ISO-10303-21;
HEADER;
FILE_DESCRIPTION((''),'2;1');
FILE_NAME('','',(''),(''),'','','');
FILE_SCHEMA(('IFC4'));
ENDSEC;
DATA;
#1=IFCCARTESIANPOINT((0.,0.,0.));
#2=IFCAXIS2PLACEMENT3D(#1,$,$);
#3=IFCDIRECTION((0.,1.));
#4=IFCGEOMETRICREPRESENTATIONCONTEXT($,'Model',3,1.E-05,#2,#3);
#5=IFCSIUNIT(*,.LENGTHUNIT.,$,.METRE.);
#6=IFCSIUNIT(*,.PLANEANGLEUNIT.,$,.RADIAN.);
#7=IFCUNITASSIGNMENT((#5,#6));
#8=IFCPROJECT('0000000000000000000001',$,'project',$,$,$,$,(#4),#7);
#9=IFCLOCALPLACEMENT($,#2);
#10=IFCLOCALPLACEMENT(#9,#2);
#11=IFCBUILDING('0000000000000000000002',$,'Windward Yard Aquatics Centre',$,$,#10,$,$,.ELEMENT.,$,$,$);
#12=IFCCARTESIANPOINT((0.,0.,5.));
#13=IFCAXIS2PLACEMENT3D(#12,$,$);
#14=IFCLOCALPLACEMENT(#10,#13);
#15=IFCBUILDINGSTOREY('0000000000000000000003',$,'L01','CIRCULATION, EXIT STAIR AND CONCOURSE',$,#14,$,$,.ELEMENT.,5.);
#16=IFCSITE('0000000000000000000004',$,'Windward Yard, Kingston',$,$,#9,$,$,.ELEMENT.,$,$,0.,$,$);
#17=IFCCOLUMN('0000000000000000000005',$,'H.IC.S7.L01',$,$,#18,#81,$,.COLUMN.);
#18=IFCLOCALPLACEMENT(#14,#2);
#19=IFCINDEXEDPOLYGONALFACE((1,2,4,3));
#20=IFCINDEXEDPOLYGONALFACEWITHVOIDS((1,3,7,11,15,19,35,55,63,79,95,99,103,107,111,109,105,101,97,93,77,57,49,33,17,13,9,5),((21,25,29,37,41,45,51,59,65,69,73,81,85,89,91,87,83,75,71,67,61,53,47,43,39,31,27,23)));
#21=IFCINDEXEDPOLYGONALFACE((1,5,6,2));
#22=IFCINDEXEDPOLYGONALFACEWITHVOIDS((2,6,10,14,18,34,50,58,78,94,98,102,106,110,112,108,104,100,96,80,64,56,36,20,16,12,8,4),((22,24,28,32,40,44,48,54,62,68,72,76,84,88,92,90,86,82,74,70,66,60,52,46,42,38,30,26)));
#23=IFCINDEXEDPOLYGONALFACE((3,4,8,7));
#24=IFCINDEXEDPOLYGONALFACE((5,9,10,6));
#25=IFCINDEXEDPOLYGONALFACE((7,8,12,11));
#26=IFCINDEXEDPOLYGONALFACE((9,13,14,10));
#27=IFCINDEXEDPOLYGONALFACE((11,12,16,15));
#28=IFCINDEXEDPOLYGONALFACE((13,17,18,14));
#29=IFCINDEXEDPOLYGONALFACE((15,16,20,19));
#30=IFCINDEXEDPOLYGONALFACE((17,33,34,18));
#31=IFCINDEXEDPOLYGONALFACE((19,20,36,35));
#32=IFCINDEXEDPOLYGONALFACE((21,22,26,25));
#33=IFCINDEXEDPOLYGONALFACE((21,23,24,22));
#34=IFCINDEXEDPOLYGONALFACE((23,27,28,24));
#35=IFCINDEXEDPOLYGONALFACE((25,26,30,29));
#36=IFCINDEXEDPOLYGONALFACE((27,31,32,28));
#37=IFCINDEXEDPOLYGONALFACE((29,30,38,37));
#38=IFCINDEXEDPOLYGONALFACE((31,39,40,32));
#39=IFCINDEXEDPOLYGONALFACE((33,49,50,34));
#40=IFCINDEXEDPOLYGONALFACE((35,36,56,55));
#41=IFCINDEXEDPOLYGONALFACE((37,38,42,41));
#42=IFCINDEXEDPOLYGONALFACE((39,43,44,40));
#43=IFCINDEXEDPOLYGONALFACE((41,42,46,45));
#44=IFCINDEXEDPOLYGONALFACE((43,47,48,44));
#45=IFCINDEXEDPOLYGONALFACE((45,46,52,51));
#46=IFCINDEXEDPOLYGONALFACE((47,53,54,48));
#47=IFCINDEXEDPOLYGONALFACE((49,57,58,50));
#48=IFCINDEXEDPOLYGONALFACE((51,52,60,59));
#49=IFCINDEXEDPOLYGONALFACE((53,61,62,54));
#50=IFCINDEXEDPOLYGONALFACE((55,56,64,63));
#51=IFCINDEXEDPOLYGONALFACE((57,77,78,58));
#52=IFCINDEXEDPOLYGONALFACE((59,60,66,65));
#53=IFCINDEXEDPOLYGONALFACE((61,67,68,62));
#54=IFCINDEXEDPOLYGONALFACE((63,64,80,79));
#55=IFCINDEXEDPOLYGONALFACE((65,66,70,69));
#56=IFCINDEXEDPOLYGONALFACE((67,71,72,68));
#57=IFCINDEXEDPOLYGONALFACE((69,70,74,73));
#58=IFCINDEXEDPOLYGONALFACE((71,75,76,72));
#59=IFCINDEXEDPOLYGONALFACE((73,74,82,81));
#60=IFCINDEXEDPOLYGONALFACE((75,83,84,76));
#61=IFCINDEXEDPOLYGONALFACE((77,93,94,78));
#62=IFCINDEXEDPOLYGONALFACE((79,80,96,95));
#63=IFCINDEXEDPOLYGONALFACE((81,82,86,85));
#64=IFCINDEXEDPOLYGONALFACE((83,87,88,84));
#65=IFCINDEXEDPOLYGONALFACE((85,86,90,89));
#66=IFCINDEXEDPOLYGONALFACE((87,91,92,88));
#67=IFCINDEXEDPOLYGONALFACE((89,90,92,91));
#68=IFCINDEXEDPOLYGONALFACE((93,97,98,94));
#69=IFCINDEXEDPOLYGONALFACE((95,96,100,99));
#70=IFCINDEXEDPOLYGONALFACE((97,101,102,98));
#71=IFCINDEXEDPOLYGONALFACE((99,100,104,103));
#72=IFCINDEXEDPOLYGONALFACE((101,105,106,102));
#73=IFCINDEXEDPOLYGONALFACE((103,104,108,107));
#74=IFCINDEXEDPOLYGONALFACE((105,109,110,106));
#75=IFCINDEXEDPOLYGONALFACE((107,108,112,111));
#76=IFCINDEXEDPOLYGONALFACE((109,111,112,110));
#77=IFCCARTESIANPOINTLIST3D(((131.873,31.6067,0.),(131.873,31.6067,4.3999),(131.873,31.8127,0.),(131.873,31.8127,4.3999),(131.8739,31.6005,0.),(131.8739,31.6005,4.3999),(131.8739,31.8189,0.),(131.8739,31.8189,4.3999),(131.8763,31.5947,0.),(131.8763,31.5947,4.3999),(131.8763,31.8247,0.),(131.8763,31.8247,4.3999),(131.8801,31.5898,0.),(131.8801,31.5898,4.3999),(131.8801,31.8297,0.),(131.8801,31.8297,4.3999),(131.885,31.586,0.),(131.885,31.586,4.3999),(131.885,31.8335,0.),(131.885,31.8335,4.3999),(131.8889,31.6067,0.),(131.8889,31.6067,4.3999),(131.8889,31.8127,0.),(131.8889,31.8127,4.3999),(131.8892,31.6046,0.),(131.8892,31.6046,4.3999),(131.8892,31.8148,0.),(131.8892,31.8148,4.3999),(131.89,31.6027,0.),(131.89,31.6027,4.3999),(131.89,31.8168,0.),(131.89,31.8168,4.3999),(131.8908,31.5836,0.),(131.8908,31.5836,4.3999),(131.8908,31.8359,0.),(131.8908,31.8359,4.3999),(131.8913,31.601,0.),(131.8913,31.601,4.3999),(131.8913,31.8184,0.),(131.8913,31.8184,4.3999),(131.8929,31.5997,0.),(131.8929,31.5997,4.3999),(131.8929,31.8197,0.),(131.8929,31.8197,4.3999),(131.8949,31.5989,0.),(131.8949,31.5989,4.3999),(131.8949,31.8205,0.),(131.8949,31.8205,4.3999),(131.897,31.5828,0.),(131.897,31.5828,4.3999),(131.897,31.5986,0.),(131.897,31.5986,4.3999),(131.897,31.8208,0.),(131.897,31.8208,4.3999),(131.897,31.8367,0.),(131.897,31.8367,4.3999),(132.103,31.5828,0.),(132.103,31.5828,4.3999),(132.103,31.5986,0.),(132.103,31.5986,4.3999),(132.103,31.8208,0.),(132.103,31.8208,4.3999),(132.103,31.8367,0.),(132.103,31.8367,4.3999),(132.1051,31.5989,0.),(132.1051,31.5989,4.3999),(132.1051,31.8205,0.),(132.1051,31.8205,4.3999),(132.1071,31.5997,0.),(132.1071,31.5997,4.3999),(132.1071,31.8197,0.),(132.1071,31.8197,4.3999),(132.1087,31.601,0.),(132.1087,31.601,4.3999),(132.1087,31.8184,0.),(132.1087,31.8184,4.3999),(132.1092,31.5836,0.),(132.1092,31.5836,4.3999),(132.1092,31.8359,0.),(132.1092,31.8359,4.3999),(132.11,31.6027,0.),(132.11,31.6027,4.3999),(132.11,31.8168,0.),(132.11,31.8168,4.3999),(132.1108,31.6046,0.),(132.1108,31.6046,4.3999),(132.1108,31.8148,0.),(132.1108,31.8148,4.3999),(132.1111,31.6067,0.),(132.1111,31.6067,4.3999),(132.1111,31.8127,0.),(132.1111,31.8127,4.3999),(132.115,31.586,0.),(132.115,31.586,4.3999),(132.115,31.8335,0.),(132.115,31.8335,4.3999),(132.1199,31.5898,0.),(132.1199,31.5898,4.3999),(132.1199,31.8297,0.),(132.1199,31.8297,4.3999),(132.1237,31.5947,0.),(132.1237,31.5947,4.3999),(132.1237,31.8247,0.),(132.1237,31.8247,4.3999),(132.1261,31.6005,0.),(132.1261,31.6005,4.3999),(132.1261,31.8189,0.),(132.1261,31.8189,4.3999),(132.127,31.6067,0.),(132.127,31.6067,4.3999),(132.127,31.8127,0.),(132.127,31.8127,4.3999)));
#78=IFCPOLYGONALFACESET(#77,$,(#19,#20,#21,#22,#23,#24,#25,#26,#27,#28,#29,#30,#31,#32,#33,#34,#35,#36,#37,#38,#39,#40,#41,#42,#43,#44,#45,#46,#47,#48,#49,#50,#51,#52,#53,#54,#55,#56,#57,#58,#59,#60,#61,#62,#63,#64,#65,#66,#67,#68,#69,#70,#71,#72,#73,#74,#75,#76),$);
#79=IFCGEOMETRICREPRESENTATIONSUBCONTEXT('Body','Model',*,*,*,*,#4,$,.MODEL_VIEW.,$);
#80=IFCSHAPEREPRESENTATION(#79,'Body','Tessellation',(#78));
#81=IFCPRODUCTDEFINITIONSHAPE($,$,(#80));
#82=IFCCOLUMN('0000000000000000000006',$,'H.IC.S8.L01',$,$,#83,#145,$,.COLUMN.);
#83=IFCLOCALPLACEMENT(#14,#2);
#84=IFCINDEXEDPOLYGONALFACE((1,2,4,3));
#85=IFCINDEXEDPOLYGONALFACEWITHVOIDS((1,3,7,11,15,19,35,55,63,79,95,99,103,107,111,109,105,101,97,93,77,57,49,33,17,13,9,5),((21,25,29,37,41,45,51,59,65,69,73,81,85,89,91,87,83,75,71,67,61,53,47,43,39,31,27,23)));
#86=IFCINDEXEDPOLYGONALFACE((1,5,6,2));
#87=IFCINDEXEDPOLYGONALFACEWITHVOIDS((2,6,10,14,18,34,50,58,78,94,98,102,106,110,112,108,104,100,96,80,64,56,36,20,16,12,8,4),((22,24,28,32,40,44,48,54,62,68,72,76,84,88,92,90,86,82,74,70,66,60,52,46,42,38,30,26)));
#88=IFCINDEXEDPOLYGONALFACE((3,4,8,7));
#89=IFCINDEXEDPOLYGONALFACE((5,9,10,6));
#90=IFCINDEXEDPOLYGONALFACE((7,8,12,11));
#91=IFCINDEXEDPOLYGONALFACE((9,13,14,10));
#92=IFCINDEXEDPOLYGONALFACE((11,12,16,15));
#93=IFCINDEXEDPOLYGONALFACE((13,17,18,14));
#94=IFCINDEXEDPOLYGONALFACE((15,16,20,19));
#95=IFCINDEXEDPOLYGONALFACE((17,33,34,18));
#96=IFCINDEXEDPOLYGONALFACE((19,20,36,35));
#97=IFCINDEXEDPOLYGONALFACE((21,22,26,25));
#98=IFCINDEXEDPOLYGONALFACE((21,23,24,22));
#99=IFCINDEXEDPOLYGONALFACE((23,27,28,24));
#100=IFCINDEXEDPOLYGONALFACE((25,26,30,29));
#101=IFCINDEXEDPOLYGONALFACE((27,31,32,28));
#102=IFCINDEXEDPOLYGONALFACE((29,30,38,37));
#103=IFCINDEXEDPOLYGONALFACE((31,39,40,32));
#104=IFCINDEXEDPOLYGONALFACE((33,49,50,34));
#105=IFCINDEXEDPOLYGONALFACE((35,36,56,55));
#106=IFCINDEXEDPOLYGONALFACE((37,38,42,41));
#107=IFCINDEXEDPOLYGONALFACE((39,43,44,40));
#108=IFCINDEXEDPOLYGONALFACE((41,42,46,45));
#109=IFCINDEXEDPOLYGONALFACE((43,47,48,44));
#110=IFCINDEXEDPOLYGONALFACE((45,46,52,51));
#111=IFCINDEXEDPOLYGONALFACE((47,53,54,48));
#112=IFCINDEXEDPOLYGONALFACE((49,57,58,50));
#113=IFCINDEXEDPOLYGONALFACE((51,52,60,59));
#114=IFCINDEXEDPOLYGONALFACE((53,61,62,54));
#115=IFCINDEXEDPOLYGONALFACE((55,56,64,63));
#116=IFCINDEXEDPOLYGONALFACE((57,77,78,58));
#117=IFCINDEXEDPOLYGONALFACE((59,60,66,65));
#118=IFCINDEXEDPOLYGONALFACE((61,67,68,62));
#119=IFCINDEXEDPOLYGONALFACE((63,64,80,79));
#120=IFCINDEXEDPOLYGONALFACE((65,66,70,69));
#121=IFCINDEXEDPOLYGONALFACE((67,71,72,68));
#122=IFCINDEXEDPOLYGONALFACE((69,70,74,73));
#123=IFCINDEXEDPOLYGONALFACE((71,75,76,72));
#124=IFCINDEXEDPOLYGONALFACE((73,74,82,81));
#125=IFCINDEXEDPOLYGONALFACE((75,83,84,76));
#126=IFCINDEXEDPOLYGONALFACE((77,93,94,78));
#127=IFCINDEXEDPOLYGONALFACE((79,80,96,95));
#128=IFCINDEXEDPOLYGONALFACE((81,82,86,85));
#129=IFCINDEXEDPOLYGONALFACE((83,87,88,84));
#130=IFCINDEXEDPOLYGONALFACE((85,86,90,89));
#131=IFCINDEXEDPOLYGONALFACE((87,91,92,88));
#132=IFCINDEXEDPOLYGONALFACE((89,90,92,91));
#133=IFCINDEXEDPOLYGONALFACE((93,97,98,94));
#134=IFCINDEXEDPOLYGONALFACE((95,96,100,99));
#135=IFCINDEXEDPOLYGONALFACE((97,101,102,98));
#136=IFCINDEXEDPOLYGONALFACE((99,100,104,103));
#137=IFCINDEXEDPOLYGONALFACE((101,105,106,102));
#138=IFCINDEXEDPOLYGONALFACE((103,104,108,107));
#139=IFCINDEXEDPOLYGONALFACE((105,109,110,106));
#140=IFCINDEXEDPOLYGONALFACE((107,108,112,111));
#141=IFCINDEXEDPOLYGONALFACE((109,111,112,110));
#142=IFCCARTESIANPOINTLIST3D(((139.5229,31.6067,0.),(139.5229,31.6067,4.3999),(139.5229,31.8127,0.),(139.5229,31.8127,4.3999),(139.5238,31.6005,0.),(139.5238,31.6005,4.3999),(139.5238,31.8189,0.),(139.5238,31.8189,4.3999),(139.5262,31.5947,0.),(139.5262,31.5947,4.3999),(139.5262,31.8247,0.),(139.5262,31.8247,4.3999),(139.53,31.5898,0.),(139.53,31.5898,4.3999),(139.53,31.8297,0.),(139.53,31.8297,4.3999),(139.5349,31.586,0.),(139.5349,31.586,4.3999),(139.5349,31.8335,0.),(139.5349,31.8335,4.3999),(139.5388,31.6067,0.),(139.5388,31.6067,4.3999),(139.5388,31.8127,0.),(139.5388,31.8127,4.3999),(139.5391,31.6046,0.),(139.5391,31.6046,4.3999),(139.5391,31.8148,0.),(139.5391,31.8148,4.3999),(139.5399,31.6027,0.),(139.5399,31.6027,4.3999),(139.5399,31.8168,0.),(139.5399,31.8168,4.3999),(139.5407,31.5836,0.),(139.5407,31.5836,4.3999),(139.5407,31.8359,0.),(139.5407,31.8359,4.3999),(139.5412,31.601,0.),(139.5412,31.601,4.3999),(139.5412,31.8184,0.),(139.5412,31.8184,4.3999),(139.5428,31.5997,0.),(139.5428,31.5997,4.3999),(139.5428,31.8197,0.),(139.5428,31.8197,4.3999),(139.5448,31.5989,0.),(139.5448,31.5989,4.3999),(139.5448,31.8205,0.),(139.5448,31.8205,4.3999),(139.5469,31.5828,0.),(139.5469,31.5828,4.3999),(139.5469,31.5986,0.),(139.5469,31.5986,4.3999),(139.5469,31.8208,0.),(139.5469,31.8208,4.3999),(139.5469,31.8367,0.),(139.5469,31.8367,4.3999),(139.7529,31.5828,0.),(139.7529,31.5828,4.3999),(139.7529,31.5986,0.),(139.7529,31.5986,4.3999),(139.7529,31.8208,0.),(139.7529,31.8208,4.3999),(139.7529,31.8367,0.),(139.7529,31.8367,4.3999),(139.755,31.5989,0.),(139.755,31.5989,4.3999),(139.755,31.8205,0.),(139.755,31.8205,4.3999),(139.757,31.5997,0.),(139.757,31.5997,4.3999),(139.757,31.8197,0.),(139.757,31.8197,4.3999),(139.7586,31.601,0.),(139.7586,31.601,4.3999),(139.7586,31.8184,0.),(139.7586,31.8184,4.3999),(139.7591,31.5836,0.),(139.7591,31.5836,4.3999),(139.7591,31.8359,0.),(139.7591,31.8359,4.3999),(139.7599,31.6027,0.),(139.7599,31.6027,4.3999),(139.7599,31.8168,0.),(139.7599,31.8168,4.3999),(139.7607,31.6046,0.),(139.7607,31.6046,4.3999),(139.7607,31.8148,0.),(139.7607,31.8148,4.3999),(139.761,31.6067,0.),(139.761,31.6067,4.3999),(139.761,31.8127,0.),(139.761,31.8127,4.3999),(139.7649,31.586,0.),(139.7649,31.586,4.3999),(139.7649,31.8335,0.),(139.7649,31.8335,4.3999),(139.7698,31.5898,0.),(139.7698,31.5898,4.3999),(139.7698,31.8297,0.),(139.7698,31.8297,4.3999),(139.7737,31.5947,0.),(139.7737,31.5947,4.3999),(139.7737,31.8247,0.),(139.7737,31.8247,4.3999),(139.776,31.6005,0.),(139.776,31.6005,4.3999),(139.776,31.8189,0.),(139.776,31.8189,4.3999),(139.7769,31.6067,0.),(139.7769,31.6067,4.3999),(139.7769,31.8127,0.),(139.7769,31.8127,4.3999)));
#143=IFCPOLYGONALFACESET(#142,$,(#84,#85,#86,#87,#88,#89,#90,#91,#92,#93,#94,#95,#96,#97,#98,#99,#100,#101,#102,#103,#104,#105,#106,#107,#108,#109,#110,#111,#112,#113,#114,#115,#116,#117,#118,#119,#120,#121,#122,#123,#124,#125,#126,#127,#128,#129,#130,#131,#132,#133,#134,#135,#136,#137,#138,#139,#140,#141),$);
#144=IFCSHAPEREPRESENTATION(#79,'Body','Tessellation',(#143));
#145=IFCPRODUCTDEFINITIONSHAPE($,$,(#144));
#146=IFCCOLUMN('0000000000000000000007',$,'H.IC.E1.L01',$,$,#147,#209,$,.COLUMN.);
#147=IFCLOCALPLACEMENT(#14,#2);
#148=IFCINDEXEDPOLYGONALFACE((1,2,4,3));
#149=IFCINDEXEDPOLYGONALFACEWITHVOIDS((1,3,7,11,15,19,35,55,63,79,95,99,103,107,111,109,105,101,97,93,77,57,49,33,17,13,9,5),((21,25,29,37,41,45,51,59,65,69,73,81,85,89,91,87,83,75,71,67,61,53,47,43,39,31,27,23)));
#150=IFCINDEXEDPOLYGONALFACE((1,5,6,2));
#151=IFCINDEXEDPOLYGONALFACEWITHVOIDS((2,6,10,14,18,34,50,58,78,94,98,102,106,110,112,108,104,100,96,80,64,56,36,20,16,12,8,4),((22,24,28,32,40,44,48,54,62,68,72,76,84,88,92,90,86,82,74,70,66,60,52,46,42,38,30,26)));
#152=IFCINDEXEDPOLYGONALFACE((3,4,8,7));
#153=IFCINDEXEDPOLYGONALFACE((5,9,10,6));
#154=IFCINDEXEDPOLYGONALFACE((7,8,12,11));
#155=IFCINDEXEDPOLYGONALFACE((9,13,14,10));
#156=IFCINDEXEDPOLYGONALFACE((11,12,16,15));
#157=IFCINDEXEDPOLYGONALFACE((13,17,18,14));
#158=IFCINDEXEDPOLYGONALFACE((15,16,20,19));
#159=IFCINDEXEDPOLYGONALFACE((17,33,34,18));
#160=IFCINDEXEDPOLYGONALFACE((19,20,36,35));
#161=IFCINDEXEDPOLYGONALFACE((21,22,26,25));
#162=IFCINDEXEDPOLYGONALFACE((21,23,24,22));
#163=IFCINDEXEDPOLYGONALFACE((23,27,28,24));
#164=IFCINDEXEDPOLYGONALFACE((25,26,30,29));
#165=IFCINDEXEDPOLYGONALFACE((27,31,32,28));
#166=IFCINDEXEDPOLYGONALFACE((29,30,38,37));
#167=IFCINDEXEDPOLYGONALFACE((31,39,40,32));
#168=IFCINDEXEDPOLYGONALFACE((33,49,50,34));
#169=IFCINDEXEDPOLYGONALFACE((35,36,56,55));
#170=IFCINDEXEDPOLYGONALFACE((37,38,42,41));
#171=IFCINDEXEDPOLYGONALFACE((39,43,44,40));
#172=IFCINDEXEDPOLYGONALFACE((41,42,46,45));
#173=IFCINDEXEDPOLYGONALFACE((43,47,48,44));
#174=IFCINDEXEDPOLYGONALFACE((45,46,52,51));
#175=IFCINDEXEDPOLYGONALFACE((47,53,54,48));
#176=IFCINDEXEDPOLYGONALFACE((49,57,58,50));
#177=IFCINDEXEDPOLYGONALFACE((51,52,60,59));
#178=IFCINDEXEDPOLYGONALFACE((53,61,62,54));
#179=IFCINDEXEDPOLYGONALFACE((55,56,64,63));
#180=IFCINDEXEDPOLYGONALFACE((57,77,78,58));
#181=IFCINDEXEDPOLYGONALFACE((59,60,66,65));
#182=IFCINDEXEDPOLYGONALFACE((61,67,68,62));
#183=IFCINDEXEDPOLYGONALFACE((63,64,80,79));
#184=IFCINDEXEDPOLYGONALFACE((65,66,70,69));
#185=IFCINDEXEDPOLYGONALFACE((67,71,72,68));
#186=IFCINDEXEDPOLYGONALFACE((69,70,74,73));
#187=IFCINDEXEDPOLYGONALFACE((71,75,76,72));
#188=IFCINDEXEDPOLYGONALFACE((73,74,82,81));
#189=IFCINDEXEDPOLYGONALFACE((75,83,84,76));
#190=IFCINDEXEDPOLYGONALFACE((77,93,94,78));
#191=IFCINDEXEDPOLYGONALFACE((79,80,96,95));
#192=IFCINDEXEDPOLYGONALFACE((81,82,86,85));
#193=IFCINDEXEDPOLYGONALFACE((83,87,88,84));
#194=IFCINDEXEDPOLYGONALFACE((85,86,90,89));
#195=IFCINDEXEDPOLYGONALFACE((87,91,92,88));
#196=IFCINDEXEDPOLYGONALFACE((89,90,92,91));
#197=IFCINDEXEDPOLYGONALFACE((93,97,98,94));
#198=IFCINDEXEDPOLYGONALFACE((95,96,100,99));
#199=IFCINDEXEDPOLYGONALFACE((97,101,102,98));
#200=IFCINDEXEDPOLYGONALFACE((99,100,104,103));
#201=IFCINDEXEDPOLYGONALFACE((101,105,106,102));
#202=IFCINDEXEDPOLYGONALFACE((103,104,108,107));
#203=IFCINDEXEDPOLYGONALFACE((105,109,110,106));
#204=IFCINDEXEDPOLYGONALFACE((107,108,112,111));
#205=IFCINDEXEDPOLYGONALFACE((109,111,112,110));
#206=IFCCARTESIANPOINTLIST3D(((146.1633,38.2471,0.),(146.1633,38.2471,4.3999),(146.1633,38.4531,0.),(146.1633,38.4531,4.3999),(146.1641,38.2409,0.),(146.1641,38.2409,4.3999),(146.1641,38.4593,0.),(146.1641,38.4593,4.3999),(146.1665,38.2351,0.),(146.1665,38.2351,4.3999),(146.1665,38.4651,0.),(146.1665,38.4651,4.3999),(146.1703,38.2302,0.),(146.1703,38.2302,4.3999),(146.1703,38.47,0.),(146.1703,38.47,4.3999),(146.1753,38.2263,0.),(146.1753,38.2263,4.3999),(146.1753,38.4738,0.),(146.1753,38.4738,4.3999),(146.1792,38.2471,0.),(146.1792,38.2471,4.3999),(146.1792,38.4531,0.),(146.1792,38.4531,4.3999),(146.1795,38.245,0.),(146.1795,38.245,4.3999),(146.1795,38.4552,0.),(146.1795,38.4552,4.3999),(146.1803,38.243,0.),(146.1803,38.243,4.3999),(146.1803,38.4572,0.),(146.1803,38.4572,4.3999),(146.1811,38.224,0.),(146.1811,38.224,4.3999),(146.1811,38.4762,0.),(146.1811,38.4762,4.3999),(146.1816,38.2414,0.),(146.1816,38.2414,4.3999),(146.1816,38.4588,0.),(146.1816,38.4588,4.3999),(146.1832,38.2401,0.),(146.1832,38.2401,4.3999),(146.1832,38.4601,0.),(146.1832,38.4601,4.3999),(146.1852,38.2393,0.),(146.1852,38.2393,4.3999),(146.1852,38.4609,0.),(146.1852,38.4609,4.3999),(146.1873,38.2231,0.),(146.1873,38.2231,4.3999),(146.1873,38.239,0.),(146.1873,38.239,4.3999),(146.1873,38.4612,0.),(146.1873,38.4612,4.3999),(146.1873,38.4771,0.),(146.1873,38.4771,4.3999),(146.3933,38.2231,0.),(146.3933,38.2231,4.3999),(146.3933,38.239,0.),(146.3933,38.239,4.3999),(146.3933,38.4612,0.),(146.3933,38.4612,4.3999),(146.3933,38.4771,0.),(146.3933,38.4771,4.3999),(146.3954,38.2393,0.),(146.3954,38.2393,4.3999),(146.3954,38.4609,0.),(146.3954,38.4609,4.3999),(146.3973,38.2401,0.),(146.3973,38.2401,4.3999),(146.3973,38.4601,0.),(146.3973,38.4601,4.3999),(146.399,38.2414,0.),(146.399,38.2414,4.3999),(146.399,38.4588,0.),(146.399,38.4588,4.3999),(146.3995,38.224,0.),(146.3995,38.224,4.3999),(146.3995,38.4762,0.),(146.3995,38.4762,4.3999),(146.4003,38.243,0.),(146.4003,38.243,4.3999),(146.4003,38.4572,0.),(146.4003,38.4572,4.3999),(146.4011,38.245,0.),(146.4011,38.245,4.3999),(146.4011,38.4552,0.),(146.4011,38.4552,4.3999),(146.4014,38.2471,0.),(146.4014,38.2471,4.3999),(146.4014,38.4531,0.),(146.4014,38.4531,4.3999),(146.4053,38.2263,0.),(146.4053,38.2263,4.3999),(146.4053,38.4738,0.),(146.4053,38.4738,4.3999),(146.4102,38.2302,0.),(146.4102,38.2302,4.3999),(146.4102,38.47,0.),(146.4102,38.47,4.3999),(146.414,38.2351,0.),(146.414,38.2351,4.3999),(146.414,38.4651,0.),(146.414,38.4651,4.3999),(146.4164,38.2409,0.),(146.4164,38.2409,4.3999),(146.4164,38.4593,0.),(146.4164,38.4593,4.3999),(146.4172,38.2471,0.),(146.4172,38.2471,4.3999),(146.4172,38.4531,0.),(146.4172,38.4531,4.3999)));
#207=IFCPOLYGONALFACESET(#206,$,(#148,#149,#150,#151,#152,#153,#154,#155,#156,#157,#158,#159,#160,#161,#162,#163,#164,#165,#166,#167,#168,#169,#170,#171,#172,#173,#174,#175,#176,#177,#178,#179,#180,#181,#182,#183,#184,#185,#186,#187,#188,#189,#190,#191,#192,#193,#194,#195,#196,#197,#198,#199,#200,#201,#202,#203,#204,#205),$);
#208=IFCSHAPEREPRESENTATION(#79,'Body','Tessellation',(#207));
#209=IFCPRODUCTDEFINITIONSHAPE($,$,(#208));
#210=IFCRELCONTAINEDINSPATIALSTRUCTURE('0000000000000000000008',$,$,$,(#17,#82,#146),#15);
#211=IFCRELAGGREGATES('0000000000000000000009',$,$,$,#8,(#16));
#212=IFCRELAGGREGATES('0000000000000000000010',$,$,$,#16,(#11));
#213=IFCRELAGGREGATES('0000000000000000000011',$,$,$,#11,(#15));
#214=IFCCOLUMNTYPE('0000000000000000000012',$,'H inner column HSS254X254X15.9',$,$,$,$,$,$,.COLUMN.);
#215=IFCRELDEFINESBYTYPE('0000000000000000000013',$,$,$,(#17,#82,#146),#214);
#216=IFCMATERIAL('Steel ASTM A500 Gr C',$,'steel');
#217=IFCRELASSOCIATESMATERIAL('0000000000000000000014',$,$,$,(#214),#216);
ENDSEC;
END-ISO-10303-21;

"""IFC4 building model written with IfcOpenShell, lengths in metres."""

from ifc_helpers import new_model, si_unit, direction, frame, origin, origin_2d, place, context, subcontext, project, spatial, hollow_rectangle, extrude, material, material_profile, profile_set, type_object, element, save


model = new_model("IFC4")

# Units and contexts
model_context = context("Model", 3, precision=1e-05, world=origin(), true_north=direction((0.0, 1.0)))
body_context = subcontext(model_context, "Body", "Model", "MODEL_VIEW")
ifc_project = project(units=[si_unit("LENGTHUNIT", "METRE"), si_unit("PLANEANGLEUNIT", "RADIAN")], contexts=[model_context])

# Site, building, storey
site_placement = place(None, origin())
site = spatial("IfcSite", under=ifc_project, at=site_placement, Name="Windward Yard, Kingston", CompositionType="ELEMENT", RefElevation=0.0)
building_placement = place(site_placement, origin())
building = spatial("IfcBuilding", under=site, at=building_placement, Name="Windward Yard Aquatics Centre", CompositionType="ELEMENT")
storey_placement = place(building_placement, frame((0.0, 0.0, 5.0)))
storey = spatial("IfcBuildingStorey", under=building, at=storey_placement, Name="L01", Description="CIRCULATION, EXIT STAIR AND CONCOURSE", CompositionType="ELEMENT", Elevation=5.0)

# Columns
ifc_material_1 = material(Name="Steel ASTM A500 Gr C", Category="steel")
ifc_material_profile_1 = material_profile(ifc_material_1, hollow_rectangle(XDim=0.2539, YDim=0.2539, WallThickness=0.0159, InnerFilletRadius=0.0081, OuterFilletRadius=0.0239, at=origin_2d()), Name="HSS254X254X15.9")
ifc_profile_set_1 = profile_set([ifc_material_profile_1], Name="Steel ASTM A500 Gr C")
column_type_1 = type_object("IfcColumnType", Name="H inner column HSS254X254X15.9", PredefinedType="COLUMN", material=ifc_profile_set_1)
for number, where, z_axis, x_axis, name in (
    (1, (132.0, 31.7097, 0.0), (0.0, 0.0, 1.0), (1.0, 0.0, 0.0), "H.IC.S7.L01"),
    (2, (139.6499, 31.7097, 0.0), (0.0, 0.0, 1.0), (1.0, 0.0, 0.0), "H.IC.S8.L01"),
    (3, (146.2903, 38.3501, 0.0), (0.0, 0.0, 1.0), (1.0, 0.0, 0.0), "H.IC.E1.L01"),
):
    element("IfcColumn", number, at=place(storey_placement, frame(where, z_axis=z_axis, x_axis=x_axis)), inside=storey, type_object=column_type_1, Name=name, PredefinedType="COLUMN", context=body_context, shape_type="SweptSolid", body=[
        extrude(hollow_rectangle(XDim=0.2539, YDim=0.2539, WallThickness=0.0159, InnerFilletRadius=0.0081, OuterFilletRadius=0.0239, at=origin_2d()), origin(), (0.0, 0.0, 1.0), 4.3999),
    ])

save(model, "model.ifc")
